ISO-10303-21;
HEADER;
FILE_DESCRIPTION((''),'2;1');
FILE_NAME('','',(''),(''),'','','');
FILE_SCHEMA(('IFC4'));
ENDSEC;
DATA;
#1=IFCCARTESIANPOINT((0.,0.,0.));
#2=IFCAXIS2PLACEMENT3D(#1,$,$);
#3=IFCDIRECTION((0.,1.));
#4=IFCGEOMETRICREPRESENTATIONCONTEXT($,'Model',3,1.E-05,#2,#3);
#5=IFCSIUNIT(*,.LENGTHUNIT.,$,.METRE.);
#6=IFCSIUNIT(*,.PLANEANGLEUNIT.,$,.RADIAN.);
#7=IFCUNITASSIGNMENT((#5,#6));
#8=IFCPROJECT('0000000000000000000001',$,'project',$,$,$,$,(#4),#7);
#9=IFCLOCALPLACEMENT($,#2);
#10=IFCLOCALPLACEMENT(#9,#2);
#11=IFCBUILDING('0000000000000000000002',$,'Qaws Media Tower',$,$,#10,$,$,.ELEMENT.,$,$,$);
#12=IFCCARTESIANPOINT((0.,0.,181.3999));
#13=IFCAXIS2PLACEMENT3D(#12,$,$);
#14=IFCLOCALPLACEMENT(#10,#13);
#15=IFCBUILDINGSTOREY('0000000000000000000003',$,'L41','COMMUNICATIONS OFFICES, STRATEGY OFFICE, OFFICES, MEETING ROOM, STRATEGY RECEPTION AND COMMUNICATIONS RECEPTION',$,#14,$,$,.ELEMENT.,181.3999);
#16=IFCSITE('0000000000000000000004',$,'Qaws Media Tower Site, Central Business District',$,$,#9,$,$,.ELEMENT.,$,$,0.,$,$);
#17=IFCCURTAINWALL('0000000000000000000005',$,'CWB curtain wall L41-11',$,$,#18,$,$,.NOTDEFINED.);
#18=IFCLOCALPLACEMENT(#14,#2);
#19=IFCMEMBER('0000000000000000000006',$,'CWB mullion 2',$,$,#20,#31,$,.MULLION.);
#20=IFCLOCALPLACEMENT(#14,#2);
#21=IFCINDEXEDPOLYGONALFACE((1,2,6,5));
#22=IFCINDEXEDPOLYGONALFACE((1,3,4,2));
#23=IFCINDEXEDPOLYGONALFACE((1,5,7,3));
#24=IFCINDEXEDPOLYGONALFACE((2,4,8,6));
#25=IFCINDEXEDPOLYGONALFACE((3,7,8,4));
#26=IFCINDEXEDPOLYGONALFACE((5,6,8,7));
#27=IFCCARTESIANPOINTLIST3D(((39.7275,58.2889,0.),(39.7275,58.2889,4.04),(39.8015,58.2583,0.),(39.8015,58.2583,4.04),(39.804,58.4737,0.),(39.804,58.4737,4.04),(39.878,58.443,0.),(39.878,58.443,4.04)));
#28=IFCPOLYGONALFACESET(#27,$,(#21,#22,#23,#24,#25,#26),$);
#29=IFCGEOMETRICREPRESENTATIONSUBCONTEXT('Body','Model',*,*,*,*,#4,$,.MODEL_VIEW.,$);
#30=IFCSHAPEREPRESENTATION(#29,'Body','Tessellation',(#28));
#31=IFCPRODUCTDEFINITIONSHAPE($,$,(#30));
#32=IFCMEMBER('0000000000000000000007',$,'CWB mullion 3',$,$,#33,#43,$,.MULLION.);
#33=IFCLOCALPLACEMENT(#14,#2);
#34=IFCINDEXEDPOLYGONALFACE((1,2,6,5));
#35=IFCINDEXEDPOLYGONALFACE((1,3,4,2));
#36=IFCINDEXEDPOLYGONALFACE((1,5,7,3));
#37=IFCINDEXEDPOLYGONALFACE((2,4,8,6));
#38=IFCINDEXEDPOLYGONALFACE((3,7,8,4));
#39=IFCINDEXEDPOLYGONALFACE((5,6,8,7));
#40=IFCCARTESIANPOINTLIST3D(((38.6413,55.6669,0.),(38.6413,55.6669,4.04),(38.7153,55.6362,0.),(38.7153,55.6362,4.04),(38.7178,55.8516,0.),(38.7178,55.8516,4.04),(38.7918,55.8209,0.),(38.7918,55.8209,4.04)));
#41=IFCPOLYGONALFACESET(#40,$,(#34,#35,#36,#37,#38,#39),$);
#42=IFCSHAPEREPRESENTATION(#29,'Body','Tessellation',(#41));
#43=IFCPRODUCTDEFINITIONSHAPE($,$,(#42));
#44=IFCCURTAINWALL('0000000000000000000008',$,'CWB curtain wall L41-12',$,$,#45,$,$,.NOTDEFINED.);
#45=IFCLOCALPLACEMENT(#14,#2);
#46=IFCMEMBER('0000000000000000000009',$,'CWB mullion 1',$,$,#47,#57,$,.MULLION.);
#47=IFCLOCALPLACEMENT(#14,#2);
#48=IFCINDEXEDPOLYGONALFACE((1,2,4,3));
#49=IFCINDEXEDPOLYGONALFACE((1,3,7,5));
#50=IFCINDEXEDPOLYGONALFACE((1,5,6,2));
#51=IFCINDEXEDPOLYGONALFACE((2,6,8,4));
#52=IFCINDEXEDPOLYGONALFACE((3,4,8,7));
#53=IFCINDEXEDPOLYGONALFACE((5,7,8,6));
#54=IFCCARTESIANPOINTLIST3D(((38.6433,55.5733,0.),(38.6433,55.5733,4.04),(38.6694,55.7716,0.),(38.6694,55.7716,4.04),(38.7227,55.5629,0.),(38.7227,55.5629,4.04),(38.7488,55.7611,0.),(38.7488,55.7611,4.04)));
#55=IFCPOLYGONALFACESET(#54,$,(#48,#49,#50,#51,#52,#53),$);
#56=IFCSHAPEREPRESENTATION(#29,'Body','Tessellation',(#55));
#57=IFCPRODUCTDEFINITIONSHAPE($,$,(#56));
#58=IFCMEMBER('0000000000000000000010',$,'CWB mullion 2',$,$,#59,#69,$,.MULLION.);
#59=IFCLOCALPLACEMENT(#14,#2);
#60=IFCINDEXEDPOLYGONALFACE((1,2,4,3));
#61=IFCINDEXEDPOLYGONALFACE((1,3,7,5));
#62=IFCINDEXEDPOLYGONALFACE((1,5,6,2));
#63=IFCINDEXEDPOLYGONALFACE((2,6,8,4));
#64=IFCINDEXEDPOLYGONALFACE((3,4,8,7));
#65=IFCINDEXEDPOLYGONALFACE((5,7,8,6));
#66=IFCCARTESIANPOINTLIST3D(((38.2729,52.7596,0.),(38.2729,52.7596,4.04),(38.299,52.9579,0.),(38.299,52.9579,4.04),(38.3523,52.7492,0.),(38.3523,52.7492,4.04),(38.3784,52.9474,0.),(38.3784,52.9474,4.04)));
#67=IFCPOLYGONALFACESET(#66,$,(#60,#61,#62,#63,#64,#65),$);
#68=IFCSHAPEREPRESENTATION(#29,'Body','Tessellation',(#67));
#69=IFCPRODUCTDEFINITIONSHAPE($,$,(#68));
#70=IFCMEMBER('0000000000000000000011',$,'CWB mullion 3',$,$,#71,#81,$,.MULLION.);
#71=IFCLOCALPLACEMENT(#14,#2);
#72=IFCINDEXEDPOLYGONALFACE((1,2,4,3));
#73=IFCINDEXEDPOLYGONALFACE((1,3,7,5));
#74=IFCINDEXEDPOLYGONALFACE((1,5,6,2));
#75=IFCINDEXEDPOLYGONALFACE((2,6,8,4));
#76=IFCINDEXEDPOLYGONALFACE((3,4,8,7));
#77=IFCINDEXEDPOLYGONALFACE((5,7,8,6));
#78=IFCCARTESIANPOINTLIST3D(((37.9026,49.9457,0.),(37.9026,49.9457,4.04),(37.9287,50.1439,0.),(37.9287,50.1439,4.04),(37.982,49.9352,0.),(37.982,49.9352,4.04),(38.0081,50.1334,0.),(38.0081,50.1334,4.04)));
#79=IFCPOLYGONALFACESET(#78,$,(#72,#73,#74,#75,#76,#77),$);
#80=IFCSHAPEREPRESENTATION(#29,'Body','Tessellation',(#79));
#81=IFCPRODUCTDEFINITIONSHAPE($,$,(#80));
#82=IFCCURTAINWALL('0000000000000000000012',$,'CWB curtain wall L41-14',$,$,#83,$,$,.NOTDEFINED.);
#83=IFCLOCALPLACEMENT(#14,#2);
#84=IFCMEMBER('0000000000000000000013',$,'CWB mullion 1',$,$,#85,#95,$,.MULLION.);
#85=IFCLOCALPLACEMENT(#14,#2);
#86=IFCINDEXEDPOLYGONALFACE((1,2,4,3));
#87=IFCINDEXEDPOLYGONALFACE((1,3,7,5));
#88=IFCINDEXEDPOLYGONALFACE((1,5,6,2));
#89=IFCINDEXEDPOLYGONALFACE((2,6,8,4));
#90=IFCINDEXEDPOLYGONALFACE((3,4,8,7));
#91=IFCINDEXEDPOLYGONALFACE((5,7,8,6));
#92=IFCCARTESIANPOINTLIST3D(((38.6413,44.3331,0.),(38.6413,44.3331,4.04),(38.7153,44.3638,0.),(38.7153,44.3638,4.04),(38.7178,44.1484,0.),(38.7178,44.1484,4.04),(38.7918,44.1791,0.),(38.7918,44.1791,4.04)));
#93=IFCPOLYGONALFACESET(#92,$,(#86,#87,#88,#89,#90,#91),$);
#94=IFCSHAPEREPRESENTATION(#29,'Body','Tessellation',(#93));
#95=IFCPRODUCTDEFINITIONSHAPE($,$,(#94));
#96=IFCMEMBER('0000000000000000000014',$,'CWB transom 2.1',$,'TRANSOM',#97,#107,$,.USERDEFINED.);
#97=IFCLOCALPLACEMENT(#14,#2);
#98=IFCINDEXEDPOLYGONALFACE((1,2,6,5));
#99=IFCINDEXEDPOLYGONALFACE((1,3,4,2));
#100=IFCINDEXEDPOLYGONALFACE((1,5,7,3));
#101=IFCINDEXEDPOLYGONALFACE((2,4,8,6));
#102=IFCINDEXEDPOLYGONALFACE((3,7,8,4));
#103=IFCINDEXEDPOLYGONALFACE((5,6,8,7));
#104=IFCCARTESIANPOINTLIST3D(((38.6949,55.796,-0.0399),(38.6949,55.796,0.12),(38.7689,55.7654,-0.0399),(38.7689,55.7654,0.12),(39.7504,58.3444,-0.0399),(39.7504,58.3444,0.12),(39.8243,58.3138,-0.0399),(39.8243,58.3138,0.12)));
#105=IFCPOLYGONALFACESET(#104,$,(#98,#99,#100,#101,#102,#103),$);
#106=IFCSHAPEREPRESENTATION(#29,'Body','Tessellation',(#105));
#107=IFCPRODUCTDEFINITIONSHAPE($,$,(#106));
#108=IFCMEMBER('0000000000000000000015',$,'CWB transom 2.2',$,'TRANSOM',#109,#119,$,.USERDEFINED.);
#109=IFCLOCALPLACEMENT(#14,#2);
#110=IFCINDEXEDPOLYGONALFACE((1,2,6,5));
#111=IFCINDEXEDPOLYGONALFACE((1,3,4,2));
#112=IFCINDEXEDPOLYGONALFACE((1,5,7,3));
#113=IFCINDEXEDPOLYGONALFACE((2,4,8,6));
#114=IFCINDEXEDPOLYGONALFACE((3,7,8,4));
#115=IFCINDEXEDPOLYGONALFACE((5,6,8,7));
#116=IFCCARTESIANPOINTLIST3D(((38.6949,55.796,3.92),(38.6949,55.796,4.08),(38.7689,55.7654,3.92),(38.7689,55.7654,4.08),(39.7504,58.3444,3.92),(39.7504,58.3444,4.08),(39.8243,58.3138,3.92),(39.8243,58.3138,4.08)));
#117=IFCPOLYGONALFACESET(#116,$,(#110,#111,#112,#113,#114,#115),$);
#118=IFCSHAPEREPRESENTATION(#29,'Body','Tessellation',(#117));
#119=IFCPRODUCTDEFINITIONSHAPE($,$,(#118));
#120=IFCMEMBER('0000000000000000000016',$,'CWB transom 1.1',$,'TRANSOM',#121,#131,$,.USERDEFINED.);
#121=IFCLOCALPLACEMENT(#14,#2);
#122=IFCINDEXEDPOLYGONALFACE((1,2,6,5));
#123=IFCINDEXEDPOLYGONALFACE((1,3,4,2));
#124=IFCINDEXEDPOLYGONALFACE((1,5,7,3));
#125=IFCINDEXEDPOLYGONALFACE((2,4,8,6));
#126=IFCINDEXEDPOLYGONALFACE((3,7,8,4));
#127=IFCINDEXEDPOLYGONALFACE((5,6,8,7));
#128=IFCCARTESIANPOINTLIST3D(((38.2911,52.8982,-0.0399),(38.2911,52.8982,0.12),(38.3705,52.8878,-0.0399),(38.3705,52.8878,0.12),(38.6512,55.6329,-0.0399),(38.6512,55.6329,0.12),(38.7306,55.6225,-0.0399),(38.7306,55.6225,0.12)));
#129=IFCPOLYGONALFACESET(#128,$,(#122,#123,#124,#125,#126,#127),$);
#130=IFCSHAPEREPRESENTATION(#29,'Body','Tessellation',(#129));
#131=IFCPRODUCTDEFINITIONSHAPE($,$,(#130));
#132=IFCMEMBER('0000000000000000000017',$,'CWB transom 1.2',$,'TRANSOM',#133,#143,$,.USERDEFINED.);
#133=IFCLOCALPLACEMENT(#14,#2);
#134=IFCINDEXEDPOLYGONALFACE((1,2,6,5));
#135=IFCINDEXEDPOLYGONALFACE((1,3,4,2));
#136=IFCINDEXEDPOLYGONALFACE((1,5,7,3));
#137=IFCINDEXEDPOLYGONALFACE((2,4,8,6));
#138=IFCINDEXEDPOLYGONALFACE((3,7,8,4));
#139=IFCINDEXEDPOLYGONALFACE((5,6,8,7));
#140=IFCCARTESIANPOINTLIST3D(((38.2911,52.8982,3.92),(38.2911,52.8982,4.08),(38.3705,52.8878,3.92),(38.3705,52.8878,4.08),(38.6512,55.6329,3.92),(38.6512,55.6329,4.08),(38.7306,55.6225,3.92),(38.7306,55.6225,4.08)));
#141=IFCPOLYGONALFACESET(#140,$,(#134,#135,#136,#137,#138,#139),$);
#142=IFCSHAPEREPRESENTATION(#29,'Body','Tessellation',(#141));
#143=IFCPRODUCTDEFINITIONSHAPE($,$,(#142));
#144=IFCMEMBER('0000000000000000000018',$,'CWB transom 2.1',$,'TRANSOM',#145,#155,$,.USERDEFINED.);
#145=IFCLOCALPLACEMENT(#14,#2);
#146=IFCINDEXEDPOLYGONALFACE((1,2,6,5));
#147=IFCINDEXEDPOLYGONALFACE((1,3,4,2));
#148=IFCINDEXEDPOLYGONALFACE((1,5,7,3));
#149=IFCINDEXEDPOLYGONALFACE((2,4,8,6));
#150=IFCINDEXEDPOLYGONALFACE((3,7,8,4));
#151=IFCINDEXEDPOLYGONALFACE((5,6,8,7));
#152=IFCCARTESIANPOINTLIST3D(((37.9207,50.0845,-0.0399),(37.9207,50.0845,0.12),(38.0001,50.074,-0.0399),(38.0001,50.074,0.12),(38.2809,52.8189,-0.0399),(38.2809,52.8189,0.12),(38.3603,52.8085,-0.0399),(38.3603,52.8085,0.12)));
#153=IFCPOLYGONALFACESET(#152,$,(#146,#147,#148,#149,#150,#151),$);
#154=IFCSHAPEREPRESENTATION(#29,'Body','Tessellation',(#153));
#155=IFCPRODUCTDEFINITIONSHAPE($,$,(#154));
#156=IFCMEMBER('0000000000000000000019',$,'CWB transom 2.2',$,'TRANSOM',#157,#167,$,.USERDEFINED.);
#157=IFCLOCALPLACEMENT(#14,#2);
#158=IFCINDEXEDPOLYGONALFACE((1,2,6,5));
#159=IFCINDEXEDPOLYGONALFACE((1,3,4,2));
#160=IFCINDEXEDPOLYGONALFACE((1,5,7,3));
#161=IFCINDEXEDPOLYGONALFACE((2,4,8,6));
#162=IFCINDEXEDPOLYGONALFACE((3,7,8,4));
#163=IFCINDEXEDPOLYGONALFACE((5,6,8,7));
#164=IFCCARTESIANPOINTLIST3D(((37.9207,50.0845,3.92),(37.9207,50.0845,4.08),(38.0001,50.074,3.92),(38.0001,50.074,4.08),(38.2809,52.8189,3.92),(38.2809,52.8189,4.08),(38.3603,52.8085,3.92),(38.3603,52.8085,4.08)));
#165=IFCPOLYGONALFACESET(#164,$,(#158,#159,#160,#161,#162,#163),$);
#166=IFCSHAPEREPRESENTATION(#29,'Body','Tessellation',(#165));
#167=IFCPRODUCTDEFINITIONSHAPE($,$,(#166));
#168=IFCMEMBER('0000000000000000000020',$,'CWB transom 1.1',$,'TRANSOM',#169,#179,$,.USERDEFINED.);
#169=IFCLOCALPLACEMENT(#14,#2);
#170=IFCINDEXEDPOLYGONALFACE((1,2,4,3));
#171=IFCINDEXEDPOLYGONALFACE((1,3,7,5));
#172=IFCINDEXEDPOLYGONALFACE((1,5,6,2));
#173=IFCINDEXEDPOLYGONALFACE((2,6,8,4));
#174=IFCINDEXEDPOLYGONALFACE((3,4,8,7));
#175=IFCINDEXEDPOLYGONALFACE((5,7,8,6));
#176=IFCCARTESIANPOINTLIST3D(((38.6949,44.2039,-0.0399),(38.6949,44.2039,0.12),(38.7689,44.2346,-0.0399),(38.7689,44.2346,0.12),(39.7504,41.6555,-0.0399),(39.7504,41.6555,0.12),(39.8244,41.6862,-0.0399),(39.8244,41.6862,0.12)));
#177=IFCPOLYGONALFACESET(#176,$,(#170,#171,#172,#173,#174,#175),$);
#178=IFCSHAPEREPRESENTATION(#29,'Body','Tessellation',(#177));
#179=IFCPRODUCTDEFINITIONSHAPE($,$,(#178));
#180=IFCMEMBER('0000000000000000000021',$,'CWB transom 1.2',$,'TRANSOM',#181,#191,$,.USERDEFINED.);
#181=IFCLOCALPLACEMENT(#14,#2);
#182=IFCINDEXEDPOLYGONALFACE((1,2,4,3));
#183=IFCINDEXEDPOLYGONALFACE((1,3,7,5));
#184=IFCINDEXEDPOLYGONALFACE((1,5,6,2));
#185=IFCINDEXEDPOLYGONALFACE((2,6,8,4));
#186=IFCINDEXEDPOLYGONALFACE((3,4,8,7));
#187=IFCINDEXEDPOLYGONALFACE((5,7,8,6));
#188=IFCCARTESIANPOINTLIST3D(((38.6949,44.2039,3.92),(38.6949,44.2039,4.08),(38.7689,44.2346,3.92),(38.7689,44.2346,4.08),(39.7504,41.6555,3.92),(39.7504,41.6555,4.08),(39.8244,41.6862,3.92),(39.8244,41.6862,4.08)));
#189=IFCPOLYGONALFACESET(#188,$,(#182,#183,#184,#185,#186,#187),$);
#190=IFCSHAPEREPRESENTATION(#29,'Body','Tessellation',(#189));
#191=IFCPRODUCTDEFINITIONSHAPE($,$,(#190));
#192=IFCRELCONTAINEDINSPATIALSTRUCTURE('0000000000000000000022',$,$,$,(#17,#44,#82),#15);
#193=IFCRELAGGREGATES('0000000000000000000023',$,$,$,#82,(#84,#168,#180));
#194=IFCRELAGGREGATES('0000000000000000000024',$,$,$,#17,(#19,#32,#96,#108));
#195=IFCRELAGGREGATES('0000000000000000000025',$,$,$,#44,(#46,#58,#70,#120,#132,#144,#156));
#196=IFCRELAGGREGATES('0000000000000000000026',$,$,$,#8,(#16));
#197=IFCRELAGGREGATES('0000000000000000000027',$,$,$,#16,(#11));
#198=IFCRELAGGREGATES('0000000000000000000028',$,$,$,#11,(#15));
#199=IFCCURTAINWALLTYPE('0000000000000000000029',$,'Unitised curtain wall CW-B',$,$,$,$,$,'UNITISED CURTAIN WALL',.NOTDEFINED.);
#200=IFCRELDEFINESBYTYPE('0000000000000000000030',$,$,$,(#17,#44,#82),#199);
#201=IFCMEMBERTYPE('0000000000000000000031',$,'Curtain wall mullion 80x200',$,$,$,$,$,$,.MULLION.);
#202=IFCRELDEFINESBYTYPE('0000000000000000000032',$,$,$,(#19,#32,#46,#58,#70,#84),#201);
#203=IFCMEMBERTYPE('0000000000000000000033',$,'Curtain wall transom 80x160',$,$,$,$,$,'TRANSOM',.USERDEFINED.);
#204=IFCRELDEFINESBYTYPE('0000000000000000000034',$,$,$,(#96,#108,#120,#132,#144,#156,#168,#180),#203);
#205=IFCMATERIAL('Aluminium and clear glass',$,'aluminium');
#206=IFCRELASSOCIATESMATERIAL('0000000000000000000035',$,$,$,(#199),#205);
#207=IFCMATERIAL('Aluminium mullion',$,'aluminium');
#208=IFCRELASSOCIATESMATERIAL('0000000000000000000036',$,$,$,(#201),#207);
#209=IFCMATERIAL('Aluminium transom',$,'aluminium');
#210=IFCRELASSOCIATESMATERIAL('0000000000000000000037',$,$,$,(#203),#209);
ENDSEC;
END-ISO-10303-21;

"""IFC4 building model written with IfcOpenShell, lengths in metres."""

from ifc_helpers import new_model, si_unit, direction, frame, origin, origin_2d, place, context, subcontext, project, spatial, rectangle, extrude, material, material_profile, profile_set, type_object, element, aggregate, save


model = new_model("IFC4")

# Units and contexts
model_context = context("Model", 3, precision=1e-05, world=origin(), true_north=direction((0.0, 1.0)))
body_context = subcontext(model_context, "Body", "Model", "MODEL_VIEW")
ifc_project = project(units=[si_unit("LENGTHUNIT", "METRE"), si_unit("PLANEANGLEUNIT", "RADIAN")], contexts=[model_context])

# Site, building, storey
site_placement = place(None, origin())
site = spatial("IfcSite", under=ifc_project, at=site_placement, Name="Qaws Media Tower Site, Central Business District", CompositionType="ELEMENT", RefElevation=0.0)
building_placement = place(site_placement, origin())
building = spatial("IfcBuilding", under=site, at=building_placement, Name="Qaws Media Tower", CompositionType="ELEMENT")
storey_placement = place(building_placement, frame((0.0, 0.0, 181.3999)))
storey = spatial("IfcBuildingStorey", under=building, at=storey_placement, Name="L41", Description="COMMUNICATIONS OFFICES, STRATEGY OFFICE, OFFICES, MEETING ROOM, STRATEGY RECEPTION AND COMMUNICATIONS RECEPTION", CompositionType="ELEMENT", Elevation=181.3999)

# Curtain walls, members
ifc_material_1 = material(Name="Aluminium and clear glass", Category="aluminium")
curtain_wall_type = type_object("IfcCurtainWallType", Name="Unitised curtain wall CW-B", ElementType="UNITISED CURTAIN WALL", PredefinedType="NOTDEFINED", material=ifc_material_1)
curtain_wall_1_placement = place(storey_placement, origin())
curtain_wall_1 = element("IfcCurtainWall", 1, at=curtain_wall_1_placement, inside=storey, type_object=curtain_wall_type, Name="CWB curtain wall L41-11", PredefinedType="NOTDEFINED")
ifc_material_2 = material(Name="Aluminium mullion", Category="aluminium")
ifc_material_profile_1 = material_profile(ifc_material_2, rectangle(XDim=0.0801, YDim=0.2, at=origin_2d()), Name="80x200")
ifc_profile_set_1 = profile_set([ifc_material_profile_1], Name="Aluminium mullion")
member_type_1 = type_object("IfcMemberType", Name="Curtain wall mullion 80x200", PredefinedType="MULLION", material=ifc_profile_set_1)
member_1_placement = place(storey_placement, frame((39.8027, 58.366, 0.0), z_axis=(0.0, 0.0, 1.0), x_axis=(0.92388, -0.382683, 0.0)))
member_1 = element("IfcMember", 2, at=member_1_placement, type_object=member_type_1, Name="CWB mullion 2", PredefinedType="MULLION", context=body_context, shape_type="SweptSolid", body=[
    extrude(rectangle(XDim=0.0801, YDim=0.2, at=origin_2d()), origin(), (0.0, 0.0, 1.0), 4.04),
])
member_2_placement = place(storey_placement, frame((38.7166, 55.7439, 0.0), z_axis=(0.0, 0.0, 1.0), x_axis=(0.92388, -0.382683, 0.0)))
member_2 = element("IfcMember", 3, at=member_2_placement, type_object=member_type_1, Name="CWB mullion 3", PredefinedType="MULLION", context=body_context, shape_type="SweptSolid", body=[
    extrude(rectangle(XDim=0.0801, YDim=0.2, at=origin_2d()), origin(), (0.0, 0.0, 1.0), 4.04),
])
curtain_wall_2_placement = place(storey_placement, origin())
curtain_wall_2 = element("IfcCurtainWall", 4, at=curtain_wall_2_placement, inside=storey, type_object=curtain_wall_type, Name="CWB curtain wall L41-12", PredefinedType="NOTDEFINED")
member_3_placement = place(storey_placement, frame((38.696, 55.6672, 0.0), z_axis=(0.0, 0.0, 1.0), x_axis=(0.991445, -0.130526, 0.0)))
member_3 = element("IfcMember", 5, at=member_3_placement, type_object=member_type_1, Name="CWB mullion 1", PredefinedType="MULLION", context=body_context, shape_type="SweptSolid", body=[
    extrude(rectangle(XDim=0.0801, YDim=0.2, at=origin_2d()), origin(), (0.0, 0.0, 1.0), 4.04),
])
member_4_placement = place(storey_placement, frame((38.3257, 52.8535, 0.0), z_axis=(0.0, 0.0, 1.0), x_axis=(0.991445, -0.130526, 0.0)))
member_4 = element("IfcMember", 6, at=member_4_placement, type_object=member_type_1, Name="CWB mullion 2", PredefinedType="MULLION", context=body_context, shape_type="SweptSolid", body=[
    extrude(rectangle(XDim=0.0801, YDim=0.2, at=origin_2d()), origin(), (0.0, 0.0, 1.0), 4.04),
])
member_5_placement = place(storey_placement, frame((37.9553, 50.0396, 0.0), z_axis=(0.0, 0.0, 1.0), x_axis=(0.991445, -0.130526, 0.0)))
member_5 = element("IfcMember", 7, at=member_5_placement, type_object=member_type_1, Name="CWB mullion 3", PredefinedType="MULLION", context=body_context, shape_type="SweptSolid", body=[
    extrude(rectangle(XDim=0.0801, YDim=0.2, at=origin_2d()), origin(), (0.0, 0.0, 1.0), 4.04),
])

# Curtain wall, member
curtain_wall_3_placement = place(storey_placement, origin())
curtain_wall_3 = element("IfcCurtainWall", 8, at=curtain_wall_3_placement, inside=storey, type_object=curtain_wall_type, Name="CWB curtain wall L41-14", PredefinedType="NOTDEFINED")
member_6_placement = place(storey_placement, frame((38.7166, 44.2561, 0.0), z_axis=(0.0, 0.0, 1.0), x_axis=(0.92388, 0.382683, 0.0)))
member_6 = element("IfcMember", 9, at=member_6_placement, type_object=member_type_1, Name="CWB mullion 1", PredefinedType="MULLION", context=body_context, shape_type="SweptSolid", body=[
    extrude(rectangle(XDim=0.0801, YDim=0.2, at=origin_2d()), origin(), (0.0, 0.0, 1.0), 4.04),
])

# Members
ifc_material_3 = material(Name="Aluminium transom", Category="aluminium")
ifc_material_profile_2 = material_profile(ifc_material_3, rectangle(XDim=0.0801, YDim=0.1599, at=origin_2d()), Name="80x160")
ifc_profile_set_2 = profile_set([ifc_material_profile_2], Name="Aluminium transom")
member_type_2 = type_object("IfcMemberType", Name="Curtain wall transom 80x160", ElementType="TRANSOM", PredefinedType="USERDEFINED", material=ifc_profile_set_2)
member_7_placement = place(storey_placement, frame((39.7874, 58.3291, 0.04), z_axis=(-0.382641, -0.923897, 0.0), x_axis=(0.923897, -0.382641, 0.0)))
member_7 = element("IfcMember", 10, at=member_7_placement, type_object=member_type_2, Name="CWB transom 2.1", ObjectType="TRANSOM", PredefinedType="USERDEFINED", context=body_context, shape_type="SweptSolid", body=[
    extrude(rectangle(XDim=0.0801, YDim=0.1599, at=origin_2d()), origin(), (0.0, 0.0, 1.0), 2.7583),
])
member_8_placement = place(storey_placement, frame((39.7874, 58.3291, 4.0), z_axis=(-0.382641, -0.923897, 0.0), x_axis=(0.923897, -0.382641, 0.0)))
member_8 = element("IfcMember", 11, at=member_8_placement, type_object=member_type_2, Name="CWB transom 2.2", ObjectType="TRANSOM", PredefinedType="USERDEFINED", context=body_context, shape_type="SweptSolid", body=[
    extrude(rectangle(XDim=0.0801, YDim=0.1599, at=origin_2d()), origin(), (0.0, 0.0, 1.0), 2.7583),
])
member_9_placement = place(storey_placement, frame((38.6909, 55.6277, 0.04), z_axis=(-0.130558, -0.991441, 0.0), x_axis=(0.991441, -0.130558, 0.0)))
member_9 = element("IfcMember", 12, at=member_9_placement, type_object=member_type_2, Name="CWB transom 1.1", ObjectType="TRANSOM", PredefinedType="USERDEFINED", context=body_context, shape_type="SweptSolid", body=[
    extrude(rectangle(XDim=0.0801, YDim=0.1599, at=origin_2d()), origin(), (0.0, 0.0, 1.0), 2.7583),
])
member_10_placement = place(storey_placement, frame((38.6909, 55.6277, 4.0), z_axis=(-0.130558, -0.991441, 0.0), x_axis=(0.991441, -0.130558, 0.0)))
member_10 = element("IfcMember", 13, at=member_10_placement, type_object=member_type_2, Name="CWB transom 1.2", ObjectType="TRANSOM", PredefinedType="USERDEFINED", context=body_context, shape_type="SweptSolid", body=[
    extrude(rectangle(XDim=0.0801, YDim=0.1599, at=origin_2d()), origin(), (0.0, 0.0, 1.0), 2.7583),
])
member_11_placement = place(storey_placement, frame((38.3206, 52.8137, 0.04), z_axis=(-0.130569, -0.991439, 0.0), x_axis=(0.991439, -0.130569, 0.0)))
member_11 = element("IfcMember", 14, at=member_11_placement, type_object=member_type_2, Name="CWB transom 2.1", ObjectType="TRANSOM", PredefinedType="USERDEFINED", context=body_context, shape_type="SweptSolid", body=[
    extrude(rectangle(XDim=0.0801, YDim=0.1599, at=origin_2d()), origin(), (0.0, 0.0, 1.0), 2.7581),
])
member_12_placement = place(storey_placement, frame((38.3206, 52.8137, 4.0), z_axis=(-0.130569, -0.991439, 0.0), x_axis=(0.991439, -0.130569, 0.0)))
member_12 = element("IfcMember", 15, at=member_12_placement, type_object=member_type_2, Name="CWB transom 2.2", ObjectType="TRANSOM", PredefinedType="USERDEFINED", context=body_context, shape_type="SweptSolid", body=[
    extrude(rectangle(XDim=0.0801, YDim=0.1599, at=origin_2d()), origin(), (0.0, 0.0, 1.0), 2.7581),
])
member_13_placement = place(storey_placement, frame((38.7319, 44.2192, 0.04), z_axis=(0.382641, -0.923897, 0.0), x_axis=(0.923897, 0.382641, 0.0)))
member_13 = element("IfcMember", 16, at=member_13_placement, type_object=member_type_2, Name="CWB transom 1.1", ObjectType="TRANSOM", PredefinedType="USERDEFINED", context=body_context, shape_type="SweptSolid", body=[
    extrude(rectangle(XDim=0.0801, YDim=0.1599, at=origin_2d()), origin(), (0.0, 0.0, 1.0), 2.7583),
])
member_14_placement = place(storey_placement, frame((38.7319, 44.2192, 4.0), z_axis=(0.382641, -0.923897, 0.0), x_axis=(0.923897, 0.382641, 0.0)))
member_14 = element("IfcMember", 17, at=member_14_placement, type_object=member_type_2, Name="CWB transom 1.2", ObjectType="TRANSOM", PredefinedType="USERDEFINED", context=body_context, shape_type="SweptSolid", body=[
    extrude(rectangle(XDim=0.0801, YDim=0.1599, at=origin_2d()), origin(), (0.0, 0.0, 1.0), 2.7583),
])
aggregate(curtain_wall_3, [member_6, member_13, member_14])

aggregate(curtain_wall_1, [member_1, member_2, member_7, member_8])
aggregate(curtain_wall_2, [member_3, member_4, member_5, member_9, member_10, member_11, member_12])

save(model, "model.ifc")
